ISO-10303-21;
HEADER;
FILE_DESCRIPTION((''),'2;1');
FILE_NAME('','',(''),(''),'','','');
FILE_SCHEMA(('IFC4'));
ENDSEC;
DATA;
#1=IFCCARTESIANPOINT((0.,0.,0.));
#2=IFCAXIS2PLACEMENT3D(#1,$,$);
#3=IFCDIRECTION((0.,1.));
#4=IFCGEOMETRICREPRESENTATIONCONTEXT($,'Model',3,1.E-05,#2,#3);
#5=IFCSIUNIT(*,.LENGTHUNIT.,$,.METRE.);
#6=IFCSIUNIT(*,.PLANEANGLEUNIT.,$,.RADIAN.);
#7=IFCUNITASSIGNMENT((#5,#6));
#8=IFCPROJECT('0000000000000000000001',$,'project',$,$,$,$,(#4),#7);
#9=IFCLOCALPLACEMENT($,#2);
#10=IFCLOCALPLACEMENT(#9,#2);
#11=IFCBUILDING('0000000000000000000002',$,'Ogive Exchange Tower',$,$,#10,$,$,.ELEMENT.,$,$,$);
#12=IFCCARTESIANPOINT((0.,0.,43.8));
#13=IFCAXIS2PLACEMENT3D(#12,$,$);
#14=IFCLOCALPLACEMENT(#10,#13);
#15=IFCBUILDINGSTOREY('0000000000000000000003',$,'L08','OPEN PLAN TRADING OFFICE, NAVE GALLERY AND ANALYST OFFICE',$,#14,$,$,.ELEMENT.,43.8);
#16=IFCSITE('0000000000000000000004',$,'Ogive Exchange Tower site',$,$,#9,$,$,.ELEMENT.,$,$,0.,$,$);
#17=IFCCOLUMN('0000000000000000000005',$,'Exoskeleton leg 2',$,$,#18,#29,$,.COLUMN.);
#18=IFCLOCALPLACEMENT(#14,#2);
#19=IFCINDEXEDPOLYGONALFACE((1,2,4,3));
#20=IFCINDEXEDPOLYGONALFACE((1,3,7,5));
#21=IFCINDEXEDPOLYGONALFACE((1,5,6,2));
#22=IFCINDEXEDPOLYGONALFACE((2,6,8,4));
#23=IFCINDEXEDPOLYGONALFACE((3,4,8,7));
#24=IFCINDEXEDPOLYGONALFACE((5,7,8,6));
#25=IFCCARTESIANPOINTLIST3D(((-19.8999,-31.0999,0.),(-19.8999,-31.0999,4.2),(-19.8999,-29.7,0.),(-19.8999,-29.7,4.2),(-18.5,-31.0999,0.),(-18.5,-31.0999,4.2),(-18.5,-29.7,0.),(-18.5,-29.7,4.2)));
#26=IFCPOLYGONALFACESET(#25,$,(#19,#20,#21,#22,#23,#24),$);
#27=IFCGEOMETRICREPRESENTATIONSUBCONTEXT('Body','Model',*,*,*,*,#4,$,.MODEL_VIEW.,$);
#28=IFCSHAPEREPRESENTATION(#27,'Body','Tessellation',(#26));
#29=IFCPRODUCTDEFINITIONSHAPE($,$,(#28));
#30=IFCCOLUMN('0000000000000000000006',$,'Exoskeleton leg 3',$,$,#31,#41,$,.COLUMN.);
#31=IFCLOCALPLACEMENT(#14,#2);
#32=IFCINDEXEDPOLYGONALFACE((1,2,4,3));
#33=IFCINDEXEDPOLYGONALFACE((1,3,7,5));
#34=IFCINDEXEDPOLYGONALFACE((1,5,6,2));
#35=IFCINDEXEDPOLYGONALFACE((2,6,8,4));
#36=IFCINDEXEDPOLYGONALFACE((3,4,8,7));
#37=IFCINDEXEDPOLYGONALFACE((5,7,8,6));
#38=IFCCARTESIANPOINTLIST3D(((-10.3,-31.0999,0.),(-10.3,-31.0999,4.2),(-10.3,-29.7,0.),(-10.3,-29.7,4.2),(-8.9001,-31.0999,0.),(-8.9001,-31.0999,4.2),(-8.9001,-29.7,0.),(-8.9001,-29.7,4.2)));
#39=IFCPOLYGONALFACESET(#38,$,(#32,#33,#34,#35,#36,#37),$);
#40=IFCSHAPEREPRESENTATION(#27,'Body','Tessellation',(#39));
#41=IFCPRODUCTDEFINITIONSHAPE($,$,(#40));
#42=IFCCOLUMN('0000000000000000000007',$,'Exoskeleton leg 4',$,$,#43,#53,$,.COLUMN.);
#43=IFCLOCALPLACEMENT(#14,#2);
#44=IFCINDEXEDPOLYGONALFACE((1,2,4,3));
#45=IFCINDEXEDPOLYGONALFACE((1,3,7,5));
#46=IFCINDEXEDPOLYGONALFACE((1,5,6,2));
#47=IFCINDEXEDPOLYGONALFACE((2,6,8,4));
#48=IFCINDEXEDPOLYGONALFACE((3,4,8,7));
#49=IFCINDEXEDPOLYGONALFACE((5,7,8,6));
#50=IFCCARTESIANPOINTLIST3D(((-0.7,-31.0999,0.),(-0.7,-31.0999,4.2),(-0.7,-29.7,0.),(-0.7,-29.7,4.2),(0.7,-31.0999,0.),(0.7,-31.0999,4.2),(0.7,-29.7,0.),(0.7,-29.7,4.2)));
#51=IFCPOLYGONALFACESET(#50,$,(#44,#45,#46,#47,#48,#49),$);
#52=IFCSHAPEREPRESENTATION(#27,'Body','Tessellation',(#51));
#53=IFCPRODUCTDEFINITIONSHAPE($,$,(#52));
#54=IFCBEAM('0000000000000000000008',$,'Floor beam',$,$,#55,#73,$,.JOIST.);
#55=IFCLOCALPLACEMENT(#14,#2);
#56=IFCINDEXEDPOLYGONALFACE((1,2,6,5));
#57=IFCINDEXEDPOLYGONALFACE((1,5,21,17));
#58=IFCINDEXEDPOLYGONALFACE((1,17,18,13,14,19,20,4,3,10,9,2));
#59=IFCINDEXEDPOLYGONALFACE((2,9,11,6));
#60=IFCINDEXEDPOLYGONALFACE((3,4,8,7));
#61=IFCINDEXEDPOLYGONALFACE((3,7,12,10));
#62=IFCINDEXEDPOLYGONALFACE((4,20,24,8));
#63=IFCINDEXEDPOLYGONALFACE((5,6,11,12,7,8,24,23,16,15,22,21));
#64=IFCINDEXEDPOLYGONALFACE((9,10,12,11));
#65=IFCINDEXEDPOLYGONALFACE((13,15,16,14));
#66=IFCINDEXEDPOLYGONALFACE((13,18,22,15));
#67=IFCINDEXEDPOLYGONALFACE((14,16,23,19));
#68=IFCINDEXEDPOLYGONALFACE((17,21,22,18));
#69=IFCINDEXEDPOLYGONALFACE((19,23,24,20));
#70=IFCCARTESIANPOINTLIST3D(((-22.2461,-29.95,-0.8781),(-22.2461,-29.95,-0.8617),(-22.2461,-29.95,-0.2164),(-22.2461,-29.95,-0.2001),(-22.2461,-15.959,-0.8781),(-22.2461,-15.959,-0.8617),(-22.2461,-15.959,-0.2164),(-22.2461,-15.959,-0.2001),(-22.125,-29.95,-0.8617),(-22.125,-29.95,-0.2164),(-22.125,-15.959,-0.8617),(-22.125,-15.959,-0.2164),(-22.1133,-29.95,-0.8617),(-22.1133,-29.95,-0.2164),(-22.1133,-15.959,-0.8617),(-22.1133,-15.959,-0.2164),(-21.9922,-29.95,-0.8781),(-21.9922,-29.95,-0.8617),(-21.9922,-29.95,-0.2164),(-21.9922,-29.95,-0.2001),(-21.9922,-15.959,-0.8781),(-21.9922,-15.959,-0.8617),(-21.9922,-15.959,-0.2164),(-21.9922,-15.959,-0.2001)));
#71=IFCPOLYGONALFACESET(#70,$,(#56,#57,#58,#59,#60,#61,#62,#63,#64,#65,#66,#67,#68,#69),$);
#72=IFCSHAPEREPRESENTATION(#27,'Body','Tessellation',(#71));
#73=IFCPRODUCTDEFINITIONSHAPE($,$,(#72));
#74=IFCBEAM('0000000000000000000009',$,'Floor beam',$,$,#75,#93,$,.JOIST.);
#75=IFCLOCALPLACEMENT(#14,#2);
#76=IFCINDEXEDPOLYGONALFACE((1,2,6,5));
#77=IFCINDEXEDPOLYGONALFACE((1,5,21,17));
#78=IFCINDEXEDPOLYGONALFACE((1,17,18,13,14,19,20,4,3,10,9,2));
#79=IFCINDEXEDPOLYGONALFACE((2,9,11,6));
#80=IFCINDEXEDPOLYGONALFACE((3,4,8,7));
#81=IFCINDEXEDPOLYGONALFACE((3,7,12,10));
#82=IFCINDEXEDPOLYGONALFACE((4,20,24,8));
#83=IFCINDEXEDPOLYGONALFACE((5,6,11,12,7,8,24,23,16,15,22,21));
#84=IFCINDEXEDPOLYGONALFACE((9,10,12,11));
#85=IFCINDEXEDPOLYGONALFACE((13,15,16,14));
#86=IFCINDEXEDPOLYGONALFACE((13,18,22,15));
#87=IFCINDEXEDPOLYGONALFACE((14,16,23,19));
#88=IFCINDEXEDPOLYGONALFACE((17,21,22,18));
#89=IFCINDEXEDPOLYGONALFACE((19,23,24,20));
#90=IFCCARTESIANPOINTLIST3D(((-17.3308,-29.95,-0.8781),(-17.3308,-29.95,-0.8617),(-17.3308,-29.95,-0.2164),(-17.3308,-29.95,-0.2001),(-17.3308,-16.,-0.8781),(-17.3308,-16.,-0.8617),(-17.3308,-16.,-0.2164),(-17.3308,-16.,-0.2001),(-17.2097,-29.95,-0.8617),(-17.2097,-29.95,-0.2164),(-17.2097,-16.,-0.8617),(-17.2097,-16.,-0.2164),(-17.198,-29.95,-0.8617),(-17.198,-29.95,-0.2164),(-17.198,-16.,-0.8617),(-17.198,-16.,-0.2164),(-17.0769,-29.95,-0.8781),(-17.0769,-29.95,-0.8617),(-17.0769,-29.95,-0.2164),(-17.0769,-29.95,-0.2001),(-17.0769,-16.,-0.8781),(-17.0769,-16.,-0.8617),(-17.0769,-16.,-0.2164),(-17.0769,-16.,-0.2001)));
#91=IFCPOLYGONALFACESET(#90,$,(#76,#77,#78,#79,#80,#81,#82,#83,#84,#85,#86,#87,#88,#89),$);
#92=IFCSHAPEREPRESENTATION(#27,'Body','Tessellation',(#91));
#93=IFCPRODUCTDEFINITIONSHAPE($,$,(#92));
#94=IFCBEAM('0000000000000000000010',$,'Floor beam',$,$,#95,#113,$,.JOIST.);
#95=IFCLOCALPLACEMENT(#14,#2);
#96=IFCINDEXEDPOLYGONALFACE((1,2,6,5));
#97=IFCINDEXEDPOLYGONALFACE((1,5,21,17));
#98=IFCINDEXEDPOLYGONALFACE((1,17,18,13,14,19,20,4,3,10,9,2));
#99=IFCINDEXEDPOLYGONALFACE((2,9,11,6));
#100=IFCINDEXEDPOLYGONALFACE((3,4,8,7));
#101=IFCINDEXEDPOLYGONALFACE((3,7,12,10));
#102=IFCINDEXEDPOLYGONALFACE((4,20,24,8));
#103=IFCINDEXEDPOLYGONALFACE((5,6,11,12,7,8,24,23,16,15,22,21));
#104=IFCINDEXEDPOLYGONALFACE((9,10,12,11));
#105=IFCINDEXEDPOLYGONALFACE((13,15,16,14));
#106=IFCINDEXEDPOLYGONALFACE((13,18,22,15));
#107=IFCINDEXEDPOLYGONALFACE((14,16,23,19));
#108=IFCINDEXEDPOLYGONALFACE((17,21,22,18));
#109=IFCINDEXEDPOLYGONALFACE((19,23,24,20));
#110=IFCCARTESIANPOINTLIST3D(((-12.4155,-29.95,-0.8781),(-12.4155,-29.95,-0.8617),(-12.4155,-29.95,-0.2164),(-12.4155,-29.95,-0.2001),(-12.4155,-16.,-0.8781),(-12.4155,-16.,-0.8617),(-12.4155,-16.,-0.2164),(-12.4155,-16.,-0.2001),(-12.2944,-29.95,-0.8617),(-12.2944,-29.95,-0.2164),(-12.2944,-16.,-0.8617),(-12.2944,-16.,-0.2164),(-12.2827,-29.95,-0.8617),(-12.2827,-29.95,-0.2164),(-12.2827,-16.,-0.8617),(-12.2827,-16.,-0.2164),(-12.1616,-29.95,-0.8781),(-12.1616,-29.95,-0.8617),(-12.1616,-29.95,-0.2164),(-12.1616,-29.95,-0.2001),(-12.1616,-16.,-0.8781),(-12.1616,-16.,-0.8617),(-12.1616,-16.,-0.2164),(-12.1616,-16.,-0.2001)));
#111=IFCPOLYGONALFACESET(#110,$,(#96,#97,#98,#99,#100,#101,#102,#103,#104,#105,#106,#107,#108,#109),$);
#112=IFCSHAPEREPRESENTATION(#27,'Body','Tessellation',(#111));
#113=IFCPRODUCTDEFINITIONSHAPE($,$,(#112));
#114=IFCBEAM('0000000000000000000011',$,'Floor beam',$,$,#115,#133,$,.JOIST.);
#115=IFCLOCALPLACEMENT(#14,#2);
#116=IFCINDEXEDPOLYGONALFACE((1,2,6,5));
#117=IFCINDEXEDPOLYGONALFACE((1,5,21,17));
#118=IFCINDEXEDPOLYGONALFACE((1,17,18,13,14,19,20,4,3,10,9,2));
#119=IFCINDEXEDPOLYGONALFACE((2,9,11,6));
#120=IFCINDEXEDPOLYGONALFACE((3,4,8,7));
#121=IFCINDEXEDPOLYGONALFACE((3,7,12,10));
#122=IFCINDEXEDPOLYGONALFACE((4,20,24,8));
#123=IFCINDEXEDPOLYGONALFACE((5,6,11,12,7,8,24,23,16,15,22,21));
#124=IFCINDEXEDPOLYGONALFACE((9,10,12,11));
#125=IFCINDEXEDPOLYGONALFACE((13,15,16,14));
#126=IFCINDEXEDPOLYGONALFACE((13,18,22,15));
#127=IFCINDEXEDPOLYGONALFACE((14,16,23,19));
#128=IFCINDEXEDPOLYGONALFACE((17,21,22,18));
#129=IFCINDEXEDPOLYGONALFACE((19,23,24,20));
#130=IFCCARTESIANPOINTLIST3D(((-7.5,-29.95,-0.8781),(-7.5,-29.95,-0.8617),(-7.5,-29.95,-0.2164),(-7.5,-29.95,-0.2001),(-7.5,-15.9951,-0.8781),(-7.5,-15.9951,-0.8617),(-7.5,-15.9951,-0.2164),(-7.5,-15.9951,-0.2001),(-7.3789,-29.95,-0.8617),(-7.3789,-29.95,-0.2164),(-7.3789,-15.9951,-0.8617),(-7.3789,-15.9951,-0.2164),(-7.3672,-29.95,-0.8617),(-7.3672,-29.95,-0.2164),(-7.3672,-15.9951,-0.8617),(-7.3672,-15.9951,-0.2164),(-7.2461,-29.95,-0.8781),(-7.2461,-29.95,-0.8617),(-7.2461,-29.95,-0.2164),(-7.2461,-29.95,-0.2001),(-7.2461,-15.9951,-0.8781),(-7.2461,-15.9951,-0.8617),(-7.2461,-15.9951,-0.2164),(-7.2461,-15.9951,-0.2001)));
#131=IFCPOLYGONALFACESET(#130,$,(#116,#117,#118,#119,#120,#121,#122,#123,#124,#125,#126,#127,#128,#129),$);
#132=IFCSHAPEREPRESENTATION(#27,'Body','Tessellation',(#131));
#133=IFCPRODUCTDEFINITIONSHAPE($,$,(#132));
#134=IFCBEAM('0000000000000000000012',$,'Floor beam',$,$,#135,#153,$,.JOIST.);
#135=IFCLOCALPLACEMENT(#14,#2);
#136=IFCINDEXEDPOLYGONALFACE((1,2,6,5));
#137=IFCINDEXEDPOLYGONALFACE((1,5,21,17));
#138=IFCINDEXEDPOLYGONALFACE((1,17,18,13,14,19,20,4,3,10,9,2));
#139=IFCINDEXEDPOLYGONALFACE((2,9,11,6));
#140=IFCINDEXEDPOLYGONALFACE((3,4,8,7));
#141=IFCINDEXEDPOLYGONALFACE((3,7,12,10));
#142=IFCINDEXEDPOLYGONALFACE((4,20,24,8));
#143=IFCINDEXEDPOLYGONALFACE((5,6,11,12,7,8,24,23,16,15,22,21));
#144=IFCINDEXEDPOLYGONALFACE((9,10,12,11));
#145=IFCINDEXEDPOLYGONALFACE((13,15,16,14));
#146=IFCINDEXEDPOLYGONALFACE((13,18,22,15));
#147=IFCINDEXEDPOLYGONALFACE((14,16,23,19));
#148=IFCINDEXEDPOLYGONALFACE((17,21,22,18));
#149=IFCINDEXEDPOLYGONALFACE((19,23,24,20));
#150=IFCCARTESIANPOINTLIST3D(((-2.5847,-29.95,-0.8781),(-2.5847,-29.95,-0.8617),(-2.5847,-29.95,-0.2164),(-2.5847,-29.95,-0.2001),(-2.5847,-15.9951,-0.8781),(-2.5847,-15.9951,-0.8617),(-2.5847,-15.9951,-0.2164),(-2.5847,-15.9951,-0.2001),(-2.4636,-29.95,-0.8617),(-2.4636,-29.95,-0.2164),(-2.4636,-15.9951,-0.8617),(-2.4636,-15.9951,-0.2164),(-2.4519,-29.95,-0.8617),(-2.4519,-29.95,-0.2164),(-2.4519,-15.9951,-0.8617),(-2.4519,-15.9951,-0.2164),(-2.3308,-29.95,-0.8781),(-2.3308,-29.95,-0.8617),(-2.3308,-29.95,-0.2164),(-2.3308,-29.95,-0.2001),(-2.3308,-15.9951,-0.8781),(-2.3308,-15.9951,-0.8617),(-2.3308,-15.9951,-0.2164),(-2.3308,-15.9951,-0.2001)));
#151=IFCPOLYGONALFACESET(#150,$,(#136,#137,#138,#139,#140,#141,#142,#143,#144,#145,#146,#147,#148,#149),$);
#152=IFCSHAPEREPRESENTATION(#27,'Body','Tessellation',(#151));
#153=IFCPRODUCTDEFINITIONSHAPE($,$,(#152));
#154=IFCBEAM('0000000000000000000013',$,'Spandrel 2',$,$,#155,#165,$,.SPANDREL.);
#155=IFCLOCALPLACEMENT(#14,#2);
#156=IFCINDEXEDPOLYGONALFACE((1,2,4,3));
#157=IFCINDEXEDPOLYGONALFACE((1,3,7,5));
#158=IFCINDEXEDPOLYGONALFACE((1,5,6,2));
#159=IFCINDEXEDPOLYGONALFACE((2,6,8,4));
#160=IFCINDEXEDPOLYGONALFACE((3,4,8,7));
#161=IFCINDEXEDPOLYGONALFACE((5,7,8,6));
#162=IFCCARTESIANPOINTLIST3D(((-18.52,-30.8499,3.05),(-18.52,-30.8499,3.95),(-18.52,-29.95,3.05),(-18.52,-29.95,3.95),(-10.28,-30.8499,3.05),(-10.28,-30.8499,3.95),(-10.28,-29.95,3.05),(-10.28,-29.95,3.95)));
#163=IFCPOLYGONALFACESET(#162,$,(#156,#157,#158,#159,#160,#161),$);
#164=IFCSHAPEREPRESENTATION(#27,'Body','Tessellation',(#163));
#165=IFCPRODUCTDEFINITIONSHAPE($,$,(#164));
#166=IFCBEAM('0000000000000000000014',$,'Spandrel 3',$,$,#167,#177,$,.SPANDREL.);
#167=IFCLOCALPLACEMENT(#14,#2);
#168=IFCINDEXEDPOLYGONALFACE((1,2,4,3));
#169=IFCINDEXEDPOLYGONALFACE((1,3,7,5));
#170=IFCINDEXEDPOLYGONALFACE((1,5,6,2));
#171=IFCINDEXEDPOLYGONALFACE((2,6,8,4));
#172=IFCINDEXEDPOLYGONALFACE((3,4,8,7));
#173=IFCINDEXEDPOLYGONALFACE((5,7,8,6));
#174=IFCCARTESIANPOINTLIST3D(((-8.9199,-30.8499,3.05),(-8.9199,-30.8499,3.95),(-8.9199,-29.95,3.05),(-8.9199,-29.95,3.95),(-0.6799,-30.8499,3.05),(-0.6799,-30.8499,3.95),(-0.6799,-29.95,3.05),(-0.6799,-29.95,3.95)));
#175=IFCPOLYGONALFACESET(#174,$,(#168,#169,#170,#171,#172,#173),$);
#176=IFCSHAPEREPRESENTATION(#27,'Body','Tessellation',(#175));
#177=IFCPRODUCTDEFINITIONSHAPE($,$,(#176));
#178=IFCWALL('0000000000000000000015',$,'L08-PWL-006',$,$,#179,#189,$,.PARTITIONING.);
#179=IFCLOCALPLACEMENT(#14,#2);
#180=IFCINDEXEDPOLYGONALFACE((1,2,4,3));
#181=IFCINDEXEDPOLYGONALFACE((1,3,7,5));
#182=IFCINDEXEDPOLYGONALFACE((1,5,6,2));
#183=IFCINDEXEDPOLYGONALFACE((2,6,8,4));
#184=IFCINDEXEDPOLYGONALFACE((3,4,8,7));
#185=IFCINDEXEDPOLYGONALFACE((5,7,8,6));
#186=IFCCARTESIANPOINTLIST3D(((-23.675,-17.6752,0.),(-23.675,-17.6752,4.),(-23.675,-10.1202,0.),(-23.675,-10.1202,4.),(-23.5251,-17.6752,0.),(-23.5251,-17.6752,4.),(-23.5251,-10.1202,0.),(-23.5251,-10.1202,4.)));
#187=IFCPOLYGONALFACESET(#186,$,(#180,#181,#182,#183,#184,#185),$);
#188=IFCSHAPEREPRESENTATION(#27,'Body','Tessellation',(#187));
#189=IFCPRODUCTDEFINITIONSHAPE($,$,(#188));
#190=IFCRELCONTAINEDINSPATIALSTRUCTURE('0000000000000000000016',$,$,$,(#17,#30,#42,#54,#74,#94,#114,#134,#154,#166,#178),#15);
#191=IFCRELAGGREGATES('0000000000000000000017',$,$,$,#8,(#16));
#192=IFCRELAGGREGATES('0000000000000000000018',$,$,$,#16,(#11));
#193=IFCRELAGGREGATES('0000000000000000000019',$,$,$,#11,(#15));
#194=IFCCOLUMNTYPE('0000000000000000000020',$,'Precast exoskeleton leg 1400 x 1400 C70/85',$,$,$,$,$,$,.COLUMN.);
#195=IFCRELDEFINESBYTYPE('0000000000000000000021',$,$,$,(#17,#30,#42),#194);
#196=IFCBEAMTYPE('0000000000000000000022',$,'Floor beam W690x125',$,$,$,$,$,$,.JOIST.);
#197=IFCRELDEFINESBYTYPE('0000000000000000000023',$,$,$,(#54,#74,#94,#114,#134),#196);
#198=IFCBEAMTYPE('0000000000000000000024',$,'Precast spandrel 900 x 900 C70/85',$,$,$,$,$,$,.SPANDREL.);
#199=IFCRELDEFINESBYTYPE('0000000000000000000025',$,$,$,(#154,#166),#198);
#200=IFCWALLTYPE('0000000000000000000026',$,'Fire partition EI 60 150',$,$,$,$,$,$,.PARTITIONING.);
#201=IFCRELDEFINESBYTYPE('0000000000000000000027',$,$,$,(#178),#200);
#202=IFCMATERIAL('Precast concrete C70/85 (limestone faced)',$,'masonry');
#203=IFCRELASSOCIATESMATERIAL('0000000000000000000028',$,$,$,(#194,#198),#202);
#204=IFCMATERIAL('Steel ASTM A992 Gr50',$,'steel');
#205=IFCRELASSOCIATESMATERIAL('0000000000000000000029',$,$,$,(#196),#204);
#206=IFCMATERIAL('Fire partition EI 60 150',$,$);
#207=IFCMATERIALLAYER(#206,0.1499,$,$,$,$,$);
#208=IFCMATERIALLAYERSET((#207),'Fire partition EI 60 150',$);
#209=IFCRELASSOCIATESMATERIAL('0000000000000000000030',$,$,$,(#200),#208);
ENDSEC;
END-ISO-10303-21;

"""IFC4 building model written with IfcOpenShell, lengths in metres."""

from ifc_helpers import new_model, si_unit, direction, frame, frame_2d, origin, origin_2d, place, context, subcontext, project, spatial, rectangle, i_section, extrude, material, layer, layer_set, material_profile, profile_set, type_object, element, save


model = new_model("IFC4")

# Units and contexts
model_context = context("Model", 3, precision=1e-05, world=origin(), true_north=direction((0.0, 1.0)))
body_context = subcontext(model_context, "Body", "Model", "MODEL_VIEW")
ifc_project = project(units=[si_unit("LENGTHUNIT", "METRE"), si_unit("PLANEANGLEUNIT", "RADIAN")], contexts=[model_context])

# Site, building, storey
site_placement = place(None, origin())
site = spatial("IfcSite", under=ifc_project, at=site_placement, Name="Ogive Exchange Tower site", CompositionType="ELEMENT", RefElevation=0.0)
building_placement = place(site_placement, origin())
building = spatial("IfcBuilding", under=site, at=building_placement, Name="Ogive Exchange Tower", CompositionType="ELEMENT")
storey_placement = place(building_placement, frame((0.0, 0.0, 43.8)))
storey = spatial("IfcBuildingStorey", under=building, at=storey_placement, Name="L08", Description="OPEN PLAN TRADING OFFICE, NAVE GALLERY AND ANALYST OFFICE", CompositionType="ELEMENT", Elevation=43.8)

# Columns
ifc_material_1 = material(Name="Precast concrete C70/85 (limestone faced)", Category="masonry")
ifc_material_profile_1 = material_profile(ifc_material_1, rectangle(XDim=1.3999, YDim=1.3999, at=origin_2d()), Name="1400 x 1400")
ifc_profile_set_1 = profile_set([ifc_material_profile_1], Name="Precast concrete C70/85 (limestone faced)")
column_type = type_object("IfcColumnType", Name="Precast exoskeleton leg 1400 x 1400 C70/85", PredefinedType="COLUMN", material=ifc_profile_set_1)
for number, where, z_axis, x_axis, name in (
    (1, (-19.2, -30.3999, 0.0), (0.0, 0.0, 1.0), (1.0, 0.0, 0.0), "Exoskeleton leg 2"),
    (2, (-9.6001, -30.3999, 0.0), (0.0, 0.0, 1.0), (1.0, 0.0, 0.0), "Exoskeleton leg 3"),
    (3, (0.0, -30.3999, 0.0), (0.0, 0.0, 1.0), (1.0, 0.0, 0.0), "Exoskeleton leg 4"),
):
    element("IfcColumn", number, at=place(storey_placement, frame(where, z_axis=z_axis, x_axis=x_axis)), inside=storey, type_object=column_type, Name=name, PredefinedType="COLUMN", context=body_context, shape_type="SweptSolid", body=[
        extrude(rectangle(XDim=1.3999, YDim=1.3999, at=origin_2d()), origin(), (0.0, 0.0, 1.0), 4.2),
    ])

# Beams
ifc_material_2 = material(Name="Steel ASTM A992 Gr50", Category="steel")
ifc_material_profile_2 = material_profile(ifc_material_2, i_section(OverallWidth=0.2539, OverallDepth=0.678, WebThickness=0.0117, FlangeThickness=0.0164, at=origin_2d()), Name="W690x125")
ifc_profile_set_2 = profile_set([ifc_material_profile_2], Name="Steel ASTM A992 Gr50")
beam_type_1 = type_object("IfcBeamType", Name="Floor beam W690x125", PredefinedType="JOIST", material=ifc_profile_set_2)
beam_placement = place(storey_placement, frame((-22.1191, -29.95, -0.5391), z_axis=(0.0, 1.0, 0.0), x_axis=(-1.0, 0.0, 0.0)))
element("IfcBeam", 4, at=beam_placement, inside=storey, type_object=beam_type_1, Name="Floor beam", PredefinedType="JOIST", context=body_context, shape_type="SweptSolid", body=[
    extrude(i_section(OverallWidth=0.2539, OverallDepth=0.678, WebThickness=0.0117, FlangeThickness=0.0164, at=origin_2d()), origin(), (0.0, 0.0, 1.0), 13.991),
])
for number, where, z_axis, x_axis, name in (
    (5, (-17.2039, -29.95, -0.5391), (0.0, 1.0, 0.0), (-1.0, 0.0, 0.0), "Floor beam"),
    (6, (-12.2886, -29.95, -0.5391), (0.0, 1.0, 0.0), (-1.0, 0.0, 0.0), "Floor beam"),
):
    element("IfcBeam", number, at=place(storey_placement, frame(where, z_axis=z_axis, x_axis=x_axis)), inside=storey, type_object=beam_type_1, Name=name, PredefinedType="JOIST", context=body_context, shape_type="SweptSolid", body=[
        extrude(i_section(OverallWidth=0.2539, OverallDepth=0.678, WebThickness=0.0117, FlangeThickness=0.0164, at=origin_2d()), origin(), (0.0, 0.0, 1.0), 13.95),
    ])
for number, where, z_axis, x_axis, name in (
    (7, (-7.373, -29.95, -0.5391), (0.0, 1.0, 0.0), (-1.0, 0.0, 0.0), "Floor beam"),
    (8, (-2.4578, -29.95, -0.5391), (0.0, 1.0, 0.0), (-1.0, 0.0, 0.0), "Floor beam"),
):
    element("IfcBeam", number, at=place(storey_placement, frame(where, z_axis=z_axis, x_axis=x_axis)), inside=storey, type_object=beam_type_1, Name=name, PredefinedType="JOIST", context=body_context, shape_type="SweptSolid", body=[
        extrude(i_section(OverallWidth=0.2539, OverallDepth=0.678, WebThickness=0.0117, FlangeThickness=0.0164, at=origin_2d()), origin(), (0.0, 0.0, 1.0), 13.9548),
    ])
ifc_material_profile_3 = material_profile(ifc_material_1, rectangle(XDim=0.8999, YDim=0.8999, at=origin_2d()), Name="900 x 900")
ifc_profile_set_3 = profile_set([ifc_material_profile_3], Name="Precast concrete C70/85 (limestone faced)")
beam_type_2 = type_object("IfcBeamType", Name="Precast spandrel 900 x 900 C70/85", PredefinedType="SPANDREL", material=ifc_profile_set_3)
for number, where, z_axis, x_axis, name in (
    (9, (-18.52, -30.3999, 3.5), (1.0, 0.0, 0.0), (0.0, 1.0, 0.0), "Spandrel 2"),
    (10, (-8.9199, -30.3999, 3.5), (1.0, 0.0, 0.0), (0.0, 1.0, 0.0), "Spandrel 3"),
):
    element("IfcBeam", number, at=place(storey_placement, frame(where, z_axis=z_axis, x_axis=x_axis)), inside=storey, type_object=beam_type_2, Name=name, PredefinedType="SPANDREL", context=body_context, shape_type="SweptSolid", body=[
        extrude(rectangle(XDim=0.8999, YDim=0.8999, at=origin_2d()), origin(), (0.0, 0.0, 1.0), 8.24),
    ])

# Wall
ifc_material_3 = material(Name="Fire partition EI 60 150")
ifc_layer_1 = layer(ifc_material_3, 0.1499)
ifc_layer_set_1 = layer_set([ifc_layer_1], Name="Fire partition EI 60 150")
wall_type_1 = type_object("IfcWallType", Name="Fire partition EI 60 150", PredefinedType="PARTITIONING", material=ifc_layer_set_1)
wall_1_placement = place(storey_placement, frame((-23.6001, -17.675, 0.0), z_axis=(0.0, 0.0, 1.0), x_axis=(0.0, 1.0, 0.0)))
element("IfcWall", 11, at=wall_1_placement, inside=storey, type_object=wall_type_1, Name="L08-PWL-006", PredefinedType="PARTITIONING", context=body_context, shape_type="SweptSolid", body=[
    extrude(rectangle(XDim=7.5549, YDim=0.1499, at=frame_2d((3.7773, 0.0))), origin(), (0.0, 0.0, 1.0), 4.0),
])

save(model, "model.ifc")
